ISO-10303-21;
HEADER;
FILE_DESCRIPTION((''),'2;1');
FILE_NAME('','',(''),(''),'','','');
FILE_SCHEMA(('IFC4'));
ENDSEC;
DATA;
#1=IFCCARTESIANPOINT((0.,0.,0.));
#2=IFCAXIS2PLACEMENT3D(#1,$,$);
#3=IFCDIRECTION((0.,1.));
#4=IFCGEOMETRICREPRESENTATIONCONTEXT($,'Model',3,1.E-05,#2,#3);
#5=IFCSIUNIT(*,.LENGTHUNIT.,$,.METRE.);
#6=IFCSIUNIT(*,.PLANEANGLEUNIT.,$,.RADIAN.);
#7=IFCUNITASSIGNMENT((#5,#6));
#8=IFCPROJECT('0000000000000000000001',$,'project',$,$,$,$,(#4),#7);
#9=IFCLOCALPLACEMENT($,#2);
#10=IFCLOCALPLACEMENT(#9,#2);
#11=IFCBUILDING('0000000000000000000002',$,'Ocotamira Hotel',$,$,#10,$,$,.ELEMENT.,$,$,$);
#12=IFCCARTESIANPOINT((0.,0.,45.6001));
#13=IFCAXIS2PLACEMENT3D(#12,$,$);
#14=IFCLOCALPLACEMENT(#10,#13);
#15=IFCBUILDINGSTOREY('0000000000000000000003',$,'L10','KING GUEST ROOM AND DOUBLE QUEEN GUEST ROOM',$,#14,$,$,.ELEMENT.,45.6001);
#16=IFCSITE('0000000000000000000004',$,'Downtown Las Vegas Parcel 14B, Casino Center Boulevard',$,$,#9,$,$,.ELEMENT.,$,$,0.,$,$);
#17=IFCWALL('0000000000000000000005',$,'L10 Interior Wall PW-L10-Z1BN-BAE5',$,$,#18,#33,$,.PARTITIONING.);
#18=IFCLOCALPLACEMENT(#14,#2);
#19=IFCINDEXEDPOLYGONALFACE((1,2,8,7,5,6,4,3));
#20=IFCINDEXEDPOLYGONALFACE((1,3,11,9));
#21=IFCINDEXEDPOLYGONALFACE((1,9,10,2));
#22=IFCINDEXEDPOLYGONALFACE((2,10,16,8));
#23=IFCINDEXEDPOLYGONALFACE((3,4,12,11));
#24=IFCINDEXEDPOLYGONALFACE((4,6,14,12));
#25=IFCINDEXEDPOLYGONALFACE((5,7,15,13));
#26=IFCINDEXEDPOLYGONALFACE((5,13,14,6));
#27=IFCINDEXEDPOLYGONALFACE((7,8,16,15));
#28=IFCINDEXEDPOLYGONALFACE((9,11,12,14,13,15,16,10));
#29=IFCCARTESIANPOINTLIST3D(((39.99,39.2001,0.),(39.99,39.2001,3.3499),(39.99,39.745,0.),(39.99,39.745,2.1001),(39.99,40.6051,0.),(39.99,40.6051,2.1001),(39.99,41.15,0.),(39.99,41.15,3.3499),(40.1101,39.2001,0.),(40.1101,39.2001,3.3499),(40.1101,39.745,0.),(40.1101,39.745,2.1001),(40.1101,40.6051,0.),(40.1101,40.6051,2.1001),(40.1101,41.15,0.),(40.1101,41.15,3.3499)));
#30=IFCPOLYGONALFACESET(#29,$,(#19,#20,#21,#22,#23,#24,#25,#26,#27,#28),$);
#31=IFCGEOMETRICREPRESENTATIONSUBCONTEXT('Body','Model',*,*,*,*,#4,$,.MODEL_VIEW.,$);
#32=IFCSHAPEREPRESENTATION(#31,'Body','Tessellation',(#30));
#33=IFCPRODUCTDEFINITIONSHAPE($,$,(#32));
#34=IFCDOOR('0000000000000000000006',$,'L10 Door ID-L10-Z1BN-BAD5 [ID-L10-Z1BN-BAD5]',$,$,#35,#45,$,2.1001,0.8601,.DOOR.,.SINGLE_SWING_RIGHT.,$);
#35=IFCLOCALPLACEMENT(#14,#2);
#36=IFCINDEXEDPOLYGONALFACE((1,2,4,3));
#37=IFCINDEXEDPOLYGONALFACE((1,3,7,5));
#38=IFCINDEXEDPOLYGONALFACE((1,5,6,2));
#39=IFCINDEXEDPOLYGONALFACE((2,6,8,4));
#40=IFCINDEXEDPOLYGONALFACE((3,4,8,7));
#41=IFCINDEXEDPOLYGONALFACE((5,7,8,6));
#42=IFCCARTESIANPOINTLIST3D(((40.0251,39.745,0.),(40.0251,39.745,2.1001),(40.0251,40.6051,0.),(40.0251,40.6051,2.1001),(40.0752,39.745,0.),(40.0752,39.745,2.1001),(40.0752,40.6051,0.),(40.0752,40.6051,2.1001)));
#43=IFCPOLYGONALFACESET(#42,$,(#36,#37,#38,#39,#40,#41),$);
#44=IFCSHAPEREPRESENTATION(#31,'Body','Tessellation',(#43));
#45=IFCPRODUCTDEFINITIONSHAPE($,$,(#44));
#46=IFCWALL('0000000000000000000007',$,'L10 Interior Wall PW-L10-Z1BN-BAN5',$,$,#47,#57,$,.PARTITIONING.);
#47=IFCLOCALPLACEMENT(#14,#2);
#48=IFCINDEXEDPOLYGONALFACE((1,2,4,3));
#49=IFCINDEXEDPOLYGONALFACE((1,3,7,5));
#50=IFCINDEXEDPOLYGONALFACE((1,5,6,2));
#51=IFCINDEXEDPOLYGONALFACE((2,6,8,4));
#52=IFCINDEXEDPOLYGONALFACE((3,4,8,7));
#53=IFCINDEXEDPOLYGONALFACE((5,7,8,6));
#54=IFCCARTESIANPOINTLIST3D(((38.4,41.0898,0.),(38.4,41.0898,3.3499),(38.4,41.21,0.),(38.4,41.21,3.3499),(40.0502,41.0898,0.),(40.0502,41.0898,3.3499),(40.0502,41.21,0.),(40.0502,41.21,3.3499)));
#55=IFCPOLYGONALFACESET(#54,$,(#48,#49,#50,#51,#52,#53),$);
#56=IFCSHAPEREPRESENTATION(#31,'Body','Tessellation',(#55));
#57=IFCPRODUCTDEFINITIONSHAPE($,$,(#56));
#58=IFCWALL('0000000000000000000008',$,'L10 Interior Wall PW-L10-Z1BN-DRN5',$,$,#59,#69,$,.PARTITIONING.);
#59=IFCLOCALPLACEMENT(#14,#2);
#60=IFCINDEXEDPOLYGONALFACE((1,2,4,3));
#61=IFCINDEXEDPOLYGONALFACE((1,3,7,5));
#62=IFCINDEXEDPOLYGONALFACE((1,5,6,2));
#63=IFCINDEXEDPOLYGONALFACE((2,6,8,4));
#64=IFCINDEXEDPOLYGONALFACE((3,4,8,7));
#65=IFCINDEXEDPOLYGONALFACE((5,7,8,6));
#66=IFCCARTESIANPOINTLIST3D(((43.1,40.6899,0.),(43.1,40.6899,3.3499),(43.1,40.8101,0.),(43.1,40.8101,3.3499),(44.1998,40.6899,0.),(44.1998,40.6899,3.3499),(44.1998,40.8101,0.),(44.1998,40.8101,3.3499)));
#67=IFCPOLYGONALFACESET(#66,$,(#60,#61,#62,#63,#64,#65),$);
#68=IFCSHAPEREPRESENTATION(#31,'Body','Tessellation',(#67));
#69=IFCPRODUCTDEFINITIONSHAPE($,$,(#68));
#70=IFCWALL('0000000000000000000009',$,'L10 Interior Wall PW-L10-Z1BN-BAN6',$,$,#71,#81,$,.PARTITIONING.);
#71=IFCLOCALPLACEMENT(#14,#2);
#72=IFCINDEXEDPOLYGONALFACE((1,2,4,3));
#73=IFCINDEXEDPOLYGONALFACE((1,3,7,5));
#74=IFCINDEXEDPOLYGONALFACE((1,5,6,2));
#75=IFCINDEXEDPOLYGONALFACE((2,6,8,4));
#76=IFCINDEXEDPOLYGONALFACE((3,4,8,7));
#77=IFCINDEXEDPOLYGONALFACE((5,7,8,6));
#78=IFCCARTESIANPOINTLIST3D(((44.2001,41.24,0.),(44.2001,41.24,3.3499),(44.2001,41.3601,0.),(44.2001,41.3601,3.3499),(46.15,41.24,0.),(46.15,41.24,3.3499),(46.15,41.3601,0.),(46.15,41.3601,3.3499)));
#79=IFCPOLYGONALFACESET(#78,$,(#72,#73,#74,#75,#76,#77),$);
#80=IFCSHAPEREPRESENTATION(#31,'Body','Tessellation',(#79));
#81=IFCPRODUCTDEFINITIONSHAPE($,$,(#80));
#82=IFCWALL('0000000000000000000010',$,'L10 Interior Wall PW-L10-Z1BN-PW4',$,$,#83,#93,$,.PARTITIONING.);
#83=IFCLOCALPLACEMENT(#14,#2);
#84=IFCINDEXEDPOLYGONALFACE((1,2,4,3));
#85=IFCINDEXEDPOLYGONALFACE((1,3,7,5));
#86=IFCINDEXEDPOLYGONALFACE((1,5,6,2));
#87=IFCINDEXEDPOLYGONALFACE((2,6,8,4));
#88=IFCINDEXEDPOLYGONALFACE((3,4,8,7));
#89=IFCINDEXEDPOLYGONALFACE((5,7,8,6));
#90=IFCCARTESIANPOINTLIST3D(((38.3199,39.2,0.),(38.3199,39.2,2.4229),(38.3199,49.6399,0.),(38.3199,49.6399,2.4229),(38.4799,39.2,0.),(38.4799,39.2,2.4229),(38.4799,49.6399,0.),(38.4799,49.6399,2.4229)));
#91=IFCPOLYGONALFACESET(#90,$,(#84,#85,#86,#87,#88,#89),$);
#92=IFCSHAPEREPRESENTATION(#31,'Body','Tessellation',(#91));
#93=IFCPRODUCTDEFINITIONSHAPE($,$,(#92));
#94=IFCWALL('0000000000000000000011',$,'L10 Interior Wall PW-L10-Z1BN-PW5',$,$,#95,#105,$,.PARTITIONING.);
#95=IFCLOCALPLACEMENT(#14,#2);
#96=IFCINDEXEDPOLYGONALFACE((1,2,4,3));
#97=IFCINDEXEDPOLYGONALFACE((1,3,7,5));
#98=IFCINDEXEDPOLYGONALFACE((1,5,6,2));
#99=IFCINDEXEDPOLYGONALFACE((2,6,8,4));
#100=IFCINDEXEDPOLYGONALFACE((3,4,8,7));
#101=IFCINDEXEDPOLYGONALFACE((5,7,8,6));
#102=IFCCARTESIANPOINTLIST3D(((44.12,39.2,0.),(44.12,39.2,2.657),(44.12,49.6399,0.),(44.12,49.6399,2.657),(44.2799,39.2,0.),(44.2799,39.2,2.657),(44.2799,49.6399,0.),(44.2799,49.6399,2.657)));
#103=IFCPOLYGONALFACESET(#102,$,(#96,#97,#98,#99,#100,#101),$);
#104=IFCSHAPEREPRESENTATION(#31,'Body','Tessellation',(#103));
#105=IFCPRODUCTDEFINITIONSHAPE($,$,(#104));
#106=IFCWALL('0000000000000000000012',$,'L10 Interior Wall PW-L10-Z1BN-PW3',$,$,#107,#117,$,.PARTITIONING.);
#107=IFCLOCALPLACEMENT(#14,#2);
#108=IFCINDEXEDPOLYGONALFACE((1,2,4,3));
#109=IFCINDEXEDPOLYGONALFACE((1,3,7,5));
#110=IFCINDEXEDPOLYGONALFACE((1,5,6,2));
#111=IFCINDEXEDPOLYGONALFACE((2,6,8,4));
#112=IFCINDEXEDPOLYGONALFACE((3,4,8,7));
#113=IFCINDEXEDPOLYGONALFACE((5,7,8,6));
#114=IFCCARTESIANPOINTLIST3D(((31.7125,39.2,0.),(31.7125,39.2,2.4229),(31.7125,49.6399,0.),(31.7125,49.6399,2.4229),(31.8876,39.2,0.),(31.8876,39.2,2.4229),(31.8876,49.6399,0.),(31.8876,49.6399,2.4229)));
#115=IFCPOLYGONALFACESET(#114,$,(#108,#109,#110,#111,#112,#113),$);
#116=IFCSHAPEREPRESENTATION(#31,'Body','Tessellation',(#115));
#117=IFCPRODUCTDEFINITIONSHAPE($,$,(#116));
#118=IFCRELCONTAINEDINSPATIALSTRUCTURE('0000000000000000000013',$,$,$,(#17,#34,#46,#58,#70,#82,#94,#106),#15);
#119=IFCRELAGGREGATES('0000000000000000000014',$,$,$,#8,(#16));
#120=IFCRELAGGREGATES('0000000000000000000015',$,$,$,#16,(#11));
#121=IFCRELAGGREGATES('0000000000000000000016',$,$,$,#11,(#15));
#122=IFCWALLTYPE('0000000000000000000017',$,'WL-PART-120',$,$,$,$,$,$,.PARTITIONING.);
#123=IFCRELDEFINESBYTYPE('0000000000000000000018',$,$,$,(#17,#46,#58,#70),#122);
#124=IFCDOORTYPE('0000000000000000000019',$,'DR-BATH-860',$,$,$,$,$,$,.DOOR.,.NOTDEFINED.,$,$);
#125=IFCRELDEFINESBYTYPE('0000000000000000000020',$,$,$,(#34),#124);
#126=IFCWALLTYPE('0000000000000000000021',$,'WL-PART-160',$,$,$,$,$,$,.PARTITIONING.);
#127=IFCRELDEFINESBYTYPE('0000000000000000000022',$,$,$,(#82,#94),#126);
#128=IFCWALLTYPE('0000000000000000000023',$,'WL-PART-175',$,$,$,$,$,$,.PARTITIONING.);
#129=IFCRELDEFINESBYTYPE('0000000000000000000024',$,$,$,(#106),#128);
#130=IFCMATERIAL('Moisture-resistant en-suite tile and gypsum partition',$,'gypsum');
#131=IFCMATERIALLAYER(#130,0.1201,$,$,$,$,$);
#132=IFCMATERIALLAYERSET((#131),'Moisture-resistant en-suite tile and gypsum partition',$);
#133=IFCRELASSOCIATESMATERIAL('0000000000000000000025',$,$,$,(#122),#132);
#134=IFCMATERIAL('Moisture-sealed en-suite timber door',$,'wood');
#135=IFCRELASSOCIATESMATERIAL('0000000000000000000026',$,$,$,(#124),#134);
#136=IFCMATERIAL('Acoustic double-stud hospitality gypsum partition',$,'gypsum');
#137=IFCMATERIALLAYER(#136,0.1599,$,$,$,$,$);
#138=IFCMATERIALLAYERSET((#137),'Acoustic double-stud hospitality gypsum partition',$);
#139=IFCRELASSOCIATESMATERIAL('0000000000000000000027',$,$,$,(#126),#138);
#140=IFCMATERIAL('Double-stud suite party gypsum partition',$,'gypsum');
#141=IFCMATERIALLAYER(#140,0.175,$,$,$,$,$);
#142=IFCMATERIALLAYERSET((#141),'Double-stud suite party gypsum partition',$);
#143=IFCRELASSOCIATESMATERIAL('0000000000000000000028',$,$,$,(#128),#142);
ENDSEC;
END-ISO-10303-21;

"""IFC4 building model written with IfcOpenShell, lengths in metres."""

from ifc_helpers import new_model, si_unit, direction, frame, frame_2d, origin, place, context, subcontext, project, spatial, rectangle, extrude, source, transform, mapped, material, layer, layer_set, type_object, element, fill, save


model = new_model("IFC4")

# Units and contexts
model_context = context("Model", 3, precision=1e-05, world=origin(), true_north=direction((0.0, 1.0)))
body_context = subcontext(model_context, "Body", "Model", "MODEL_VIEW")
ifc_project = project(units=[si_unit("LENGTHUNIT", "METRE"), si_unit("PLANEANGLEUNIT", "RADIAN")], contexts=[model_context])

# Site, building, storey
site_placement = place(None, origin())
site = spatial("IfcSite", under=ifc_project, at=site_placement, Name="Downtown Las Vegas Parcel 14B, Casino Center Boulevard", CompositionType="ELEMENT", RefElevation=0.0)
building_placement = place(site_placement, origin())
building = spatial("IfcBuilding", under=site, at=building_placement, Name="Ocotamira Hotel", CompositionType="ELEMENT")
storey_placement = place(building_placement, frame((0.0, 0.0, 45.6001)))
storey = spatial("IfcBuildingStorey", under=building, at=storey_placement, Name="L10", Description="KING GUEST ROOM AND DOUBLE QUEEN GUEST ROOM", CompositionType="ELEMENT", Elevation=45.6001)

# Shared definitions
ifc_material_1 = material(Name="Moisture-resistant en-suite tile and gypsum partition", Category="gypsum")
ifc_layer_1 = layer(ifc_material_1, 0.1201)
ifc_layer_set_1 = layer_set([ifc_layer_1], Name="Moisture-resistant en-suite tile and gypsum partition")
wall_type_1 = type_object("IfcWallType", Name="WL-PART-120", PredefinedType="PARTITIONING", material=ifc_layer_set_1)

# Wall, opening, door
wall_1_placement = place(storey_placement, frame((40.05, 39.2, 0.0), z_axis=(0.0, 0.0, 1.0), x_axis=(0.0, 1.0, 0.0)))
wall_1 = element("IfcWall", 1, at=wall_1_placement, inside=storey, type_object=wall_type_1, Name="L10 Interior Wall PW-L10-Z1BN-BAE5", PredefinedType="PARTITIONING", context=body_context, shape_type="SweptSolid", body=[
    extrude(rectangle(XDim=1.95, YDim=0.1201, at=frame_2d((0.9751, 0.0))), origin(), (0.0, 0.0, 1.0), 3.3499),
])
opening_placement = place(wall_1_placement, frame((0.5449, 0.0, 0.0)))
opening = element("IfcOpeningElement", 2, at=opening_placement, cuts=wall_1, PredefinedType="OPENING", context=body_context, shape_type="SweptSolid", body=[
    extrude(rectangle(XDim=0.8601, YDim=2.1001, at=frame_2d((0.4302, 1.05))), frame((0.0, 0.0701, 0.0), z_axis=(0.0, -1.0, 0.0), x_axis=(1.0, 0.0, 0.0)), (0.0, 0.0, 1.0), 0.1401),
])
ifc_material_2 = material(Name="Moisture-sealed en-suite timber door", Category="wood")
door_type = type_object("IfcDoorType", Name="DR-BATH-860", OperationType="NOTDEFINED", PredefinedType="DOOR", material=ifc_material_2)
shared_shape_1 = source(origin(), body_context, "Body", "SweptSolid", [
    extrude(rectangle(XDim=0.8601, YDim=2.1001, at=frame_2d((0.4302, 1.05))), frame((0.0, 0.0249, 0.0), z_axis=(0.0, -1.0, 0.0), x_axis=(1.0, 0.0, 0.0)), (0.0, 0.0, 1.0), 0.05),
])
door_placement = place(opening_placement, origin())
door = element("IfcDoor", 3, at=door_placement, inside=storey, type_object=door_type, Name="L10 Door ID-L10-Z1BN-BAD5 [ID-L10-Z1BN-BAD5]", OperationType="SINGLE_SWING_RIGHT", OverallHeight=2.1001, OverallWidth=0.8601, PredefinedType="DOOR", context=body_context, shape_type="MappedRepresentation", body=[
    mapped(shared_shape_1, transform((0.0, 0.0, 0.0), scale=1.0)),
])
fill(opening, door)

# Walls
wall_2_placement = place(storey_placement, frame((38.3999, 41.1499, 0.0), z_axis=(0.0, 0.0, 1.0), x_axis=(1.0, 0.0, 0.0)))
element("IfcWall", 4, at=wall_2_placement, inside=storey, type_object=wall_type_1, Name="L10 Interior Wall PW-L10-Z1BN-BAN5", PredefinedType="PARTITIONING", context=body_context, shape_type="SweptSolid", body=[
    extrude(rectangle(XDim=1.6501, YDim=0.1201, at=frame_2d((0.8252, 0.0))), origin(), (0.0, 0.0, 1.0), 3.3499),
])
wall_3_placement = place(storey_placement, frame((43.1001, 40.75, 0.0), z_axis=(0.0, 0.0, 1.0), x_axis=(1.0, 0.0, 0.0)))
element("IfcWall", 5, at=wall_3_placement, inside=storey, type_object=wall_type_1, Name="L10 Interior Wall PW-L10-Z1BN-DRN5", PredefinedType="PARTITIONING", context=body_context, shape_type="SweptSolid", body=[
    extrude(rectangle(XDim=1.0999, YDim=0.1201, at=frame_2d((0.5498, 0.0))), origin(), (0.0, 0.0, 1.0), 3.3499),
])
wall_4_placement = place(storey_placement, frame((44.2, 41.3, 0.0), z_axis=(0.0, 0.0, 1.0), x_axis=(1.0, 0.0, 0.0)))
element("IfcWall", 6, at=wall_4_placement, inside=storey, type_object=wall_type_1, Name="L10 Interior Wall PW-L10-Z1BN-BAN6", PredefinedType="PARTITIONING", context=body_context, shape_type="SweptSolid", body=[
    extrude(rectangle(XDim=1.95, YDim=0.1201, at=frame_2d((0.9751, 0.0))), origin(), (0.0, 0.0, 1.0), 3.3499),
])
ifc_material_3 = material(Name="Acoustic double-stud hospitality gypsum partition", Category="gypsum")
ifc_layer_2 = layer(ifc_material_3, 0.1599)
ifc_layer_set_2 = layer_set([ifc_layer_2], Name="Acoustic double-stud hospitality gypsum partition")
wall_type_2 = type_object("IfcWallType", Name="WL-PART-160", PredefinedType="PARTITIONING", material=ifc_layer_set_2)
wall_5_placement = place(storey_placement, frame((38.3999, 39.2, 0.0), z_axis=(0.0, 0.0, 1.0), x_axis=(0.0, 1.0, 0.0)))
element("IfcWall", 7, at=wall_5_placement, inside=storey, type_object=wall_type_2, Name="L10 Interior Wall PW-L10-Z1BN-PW4", PredefinedType="PARTITIONING", context=body_context, shape_type="SweptSolid", body=[
    extrude(rectangle(XDim=10.4399, YDim=0.1599, at=frame_2d((5.22, 0.0))), origin(), (0.0, 0.0, 1.0), 2.4229),
])
wall_6_placement = place(storey_placement, frame((44.2, 39.2, 0.0), z_axis=(0.0, 0.0, 1.0), x_axis=(0.0, 1.0, 0.0)))
element("IfcWall", 8, at=wall_6_placement, inside=storey, type_object=wall_type_2, Name="L10 Interior Wall PW-L10-Z1BN-PW5", PredefinedType="PARTITIONING", context=body_context, shape_type="SweptSolid", body=[
    extrude(rectangle(XDim=10.4399, YDim=0.1599, at=frame_2d((5.22, 0.0))), origin(), (0.0, 0.0, 1.0), 2.657),
])
ifc_material_4 = material(Name="Double-stud suite party gypsum partition", Category="gypsum")
ifc_layer_3 = layer(ifc_material_4, 0.175)
ifc_layer_set_3 = layer_set([ifc_layer_3], Name="Double-stud suite party gypsum partition")
wall_type_3 = type_object("IfcWallType", Name="WL-PART-175", PredefinedType="PARTITIONING", material=ifc_layer_set_3)
wall_7_placement = place(storey_placement, frame((31.8, 39.2, 0.0), z_axis=(0.0, 0.0, 1.0), x_axis=(0.0, 1.0, 0.0)))
element("IfcWall", 9, at=wall_7_placement, inside=storey, type_object=wall_type_3, Name="L10 Interior Wall PW-L10-Z1BN-PW3", PredefinedType="PARTITIONING", context=body_context, shape_type="SweptSolid", body=[
    extrude(rectangle(XDim=10.4399, YDim=0.175, at=frame_2d((5.22, 0.0))), origin(), (0.0, 0.0, 1.0), 2.4229),
])

save(model, "model.ifc")
